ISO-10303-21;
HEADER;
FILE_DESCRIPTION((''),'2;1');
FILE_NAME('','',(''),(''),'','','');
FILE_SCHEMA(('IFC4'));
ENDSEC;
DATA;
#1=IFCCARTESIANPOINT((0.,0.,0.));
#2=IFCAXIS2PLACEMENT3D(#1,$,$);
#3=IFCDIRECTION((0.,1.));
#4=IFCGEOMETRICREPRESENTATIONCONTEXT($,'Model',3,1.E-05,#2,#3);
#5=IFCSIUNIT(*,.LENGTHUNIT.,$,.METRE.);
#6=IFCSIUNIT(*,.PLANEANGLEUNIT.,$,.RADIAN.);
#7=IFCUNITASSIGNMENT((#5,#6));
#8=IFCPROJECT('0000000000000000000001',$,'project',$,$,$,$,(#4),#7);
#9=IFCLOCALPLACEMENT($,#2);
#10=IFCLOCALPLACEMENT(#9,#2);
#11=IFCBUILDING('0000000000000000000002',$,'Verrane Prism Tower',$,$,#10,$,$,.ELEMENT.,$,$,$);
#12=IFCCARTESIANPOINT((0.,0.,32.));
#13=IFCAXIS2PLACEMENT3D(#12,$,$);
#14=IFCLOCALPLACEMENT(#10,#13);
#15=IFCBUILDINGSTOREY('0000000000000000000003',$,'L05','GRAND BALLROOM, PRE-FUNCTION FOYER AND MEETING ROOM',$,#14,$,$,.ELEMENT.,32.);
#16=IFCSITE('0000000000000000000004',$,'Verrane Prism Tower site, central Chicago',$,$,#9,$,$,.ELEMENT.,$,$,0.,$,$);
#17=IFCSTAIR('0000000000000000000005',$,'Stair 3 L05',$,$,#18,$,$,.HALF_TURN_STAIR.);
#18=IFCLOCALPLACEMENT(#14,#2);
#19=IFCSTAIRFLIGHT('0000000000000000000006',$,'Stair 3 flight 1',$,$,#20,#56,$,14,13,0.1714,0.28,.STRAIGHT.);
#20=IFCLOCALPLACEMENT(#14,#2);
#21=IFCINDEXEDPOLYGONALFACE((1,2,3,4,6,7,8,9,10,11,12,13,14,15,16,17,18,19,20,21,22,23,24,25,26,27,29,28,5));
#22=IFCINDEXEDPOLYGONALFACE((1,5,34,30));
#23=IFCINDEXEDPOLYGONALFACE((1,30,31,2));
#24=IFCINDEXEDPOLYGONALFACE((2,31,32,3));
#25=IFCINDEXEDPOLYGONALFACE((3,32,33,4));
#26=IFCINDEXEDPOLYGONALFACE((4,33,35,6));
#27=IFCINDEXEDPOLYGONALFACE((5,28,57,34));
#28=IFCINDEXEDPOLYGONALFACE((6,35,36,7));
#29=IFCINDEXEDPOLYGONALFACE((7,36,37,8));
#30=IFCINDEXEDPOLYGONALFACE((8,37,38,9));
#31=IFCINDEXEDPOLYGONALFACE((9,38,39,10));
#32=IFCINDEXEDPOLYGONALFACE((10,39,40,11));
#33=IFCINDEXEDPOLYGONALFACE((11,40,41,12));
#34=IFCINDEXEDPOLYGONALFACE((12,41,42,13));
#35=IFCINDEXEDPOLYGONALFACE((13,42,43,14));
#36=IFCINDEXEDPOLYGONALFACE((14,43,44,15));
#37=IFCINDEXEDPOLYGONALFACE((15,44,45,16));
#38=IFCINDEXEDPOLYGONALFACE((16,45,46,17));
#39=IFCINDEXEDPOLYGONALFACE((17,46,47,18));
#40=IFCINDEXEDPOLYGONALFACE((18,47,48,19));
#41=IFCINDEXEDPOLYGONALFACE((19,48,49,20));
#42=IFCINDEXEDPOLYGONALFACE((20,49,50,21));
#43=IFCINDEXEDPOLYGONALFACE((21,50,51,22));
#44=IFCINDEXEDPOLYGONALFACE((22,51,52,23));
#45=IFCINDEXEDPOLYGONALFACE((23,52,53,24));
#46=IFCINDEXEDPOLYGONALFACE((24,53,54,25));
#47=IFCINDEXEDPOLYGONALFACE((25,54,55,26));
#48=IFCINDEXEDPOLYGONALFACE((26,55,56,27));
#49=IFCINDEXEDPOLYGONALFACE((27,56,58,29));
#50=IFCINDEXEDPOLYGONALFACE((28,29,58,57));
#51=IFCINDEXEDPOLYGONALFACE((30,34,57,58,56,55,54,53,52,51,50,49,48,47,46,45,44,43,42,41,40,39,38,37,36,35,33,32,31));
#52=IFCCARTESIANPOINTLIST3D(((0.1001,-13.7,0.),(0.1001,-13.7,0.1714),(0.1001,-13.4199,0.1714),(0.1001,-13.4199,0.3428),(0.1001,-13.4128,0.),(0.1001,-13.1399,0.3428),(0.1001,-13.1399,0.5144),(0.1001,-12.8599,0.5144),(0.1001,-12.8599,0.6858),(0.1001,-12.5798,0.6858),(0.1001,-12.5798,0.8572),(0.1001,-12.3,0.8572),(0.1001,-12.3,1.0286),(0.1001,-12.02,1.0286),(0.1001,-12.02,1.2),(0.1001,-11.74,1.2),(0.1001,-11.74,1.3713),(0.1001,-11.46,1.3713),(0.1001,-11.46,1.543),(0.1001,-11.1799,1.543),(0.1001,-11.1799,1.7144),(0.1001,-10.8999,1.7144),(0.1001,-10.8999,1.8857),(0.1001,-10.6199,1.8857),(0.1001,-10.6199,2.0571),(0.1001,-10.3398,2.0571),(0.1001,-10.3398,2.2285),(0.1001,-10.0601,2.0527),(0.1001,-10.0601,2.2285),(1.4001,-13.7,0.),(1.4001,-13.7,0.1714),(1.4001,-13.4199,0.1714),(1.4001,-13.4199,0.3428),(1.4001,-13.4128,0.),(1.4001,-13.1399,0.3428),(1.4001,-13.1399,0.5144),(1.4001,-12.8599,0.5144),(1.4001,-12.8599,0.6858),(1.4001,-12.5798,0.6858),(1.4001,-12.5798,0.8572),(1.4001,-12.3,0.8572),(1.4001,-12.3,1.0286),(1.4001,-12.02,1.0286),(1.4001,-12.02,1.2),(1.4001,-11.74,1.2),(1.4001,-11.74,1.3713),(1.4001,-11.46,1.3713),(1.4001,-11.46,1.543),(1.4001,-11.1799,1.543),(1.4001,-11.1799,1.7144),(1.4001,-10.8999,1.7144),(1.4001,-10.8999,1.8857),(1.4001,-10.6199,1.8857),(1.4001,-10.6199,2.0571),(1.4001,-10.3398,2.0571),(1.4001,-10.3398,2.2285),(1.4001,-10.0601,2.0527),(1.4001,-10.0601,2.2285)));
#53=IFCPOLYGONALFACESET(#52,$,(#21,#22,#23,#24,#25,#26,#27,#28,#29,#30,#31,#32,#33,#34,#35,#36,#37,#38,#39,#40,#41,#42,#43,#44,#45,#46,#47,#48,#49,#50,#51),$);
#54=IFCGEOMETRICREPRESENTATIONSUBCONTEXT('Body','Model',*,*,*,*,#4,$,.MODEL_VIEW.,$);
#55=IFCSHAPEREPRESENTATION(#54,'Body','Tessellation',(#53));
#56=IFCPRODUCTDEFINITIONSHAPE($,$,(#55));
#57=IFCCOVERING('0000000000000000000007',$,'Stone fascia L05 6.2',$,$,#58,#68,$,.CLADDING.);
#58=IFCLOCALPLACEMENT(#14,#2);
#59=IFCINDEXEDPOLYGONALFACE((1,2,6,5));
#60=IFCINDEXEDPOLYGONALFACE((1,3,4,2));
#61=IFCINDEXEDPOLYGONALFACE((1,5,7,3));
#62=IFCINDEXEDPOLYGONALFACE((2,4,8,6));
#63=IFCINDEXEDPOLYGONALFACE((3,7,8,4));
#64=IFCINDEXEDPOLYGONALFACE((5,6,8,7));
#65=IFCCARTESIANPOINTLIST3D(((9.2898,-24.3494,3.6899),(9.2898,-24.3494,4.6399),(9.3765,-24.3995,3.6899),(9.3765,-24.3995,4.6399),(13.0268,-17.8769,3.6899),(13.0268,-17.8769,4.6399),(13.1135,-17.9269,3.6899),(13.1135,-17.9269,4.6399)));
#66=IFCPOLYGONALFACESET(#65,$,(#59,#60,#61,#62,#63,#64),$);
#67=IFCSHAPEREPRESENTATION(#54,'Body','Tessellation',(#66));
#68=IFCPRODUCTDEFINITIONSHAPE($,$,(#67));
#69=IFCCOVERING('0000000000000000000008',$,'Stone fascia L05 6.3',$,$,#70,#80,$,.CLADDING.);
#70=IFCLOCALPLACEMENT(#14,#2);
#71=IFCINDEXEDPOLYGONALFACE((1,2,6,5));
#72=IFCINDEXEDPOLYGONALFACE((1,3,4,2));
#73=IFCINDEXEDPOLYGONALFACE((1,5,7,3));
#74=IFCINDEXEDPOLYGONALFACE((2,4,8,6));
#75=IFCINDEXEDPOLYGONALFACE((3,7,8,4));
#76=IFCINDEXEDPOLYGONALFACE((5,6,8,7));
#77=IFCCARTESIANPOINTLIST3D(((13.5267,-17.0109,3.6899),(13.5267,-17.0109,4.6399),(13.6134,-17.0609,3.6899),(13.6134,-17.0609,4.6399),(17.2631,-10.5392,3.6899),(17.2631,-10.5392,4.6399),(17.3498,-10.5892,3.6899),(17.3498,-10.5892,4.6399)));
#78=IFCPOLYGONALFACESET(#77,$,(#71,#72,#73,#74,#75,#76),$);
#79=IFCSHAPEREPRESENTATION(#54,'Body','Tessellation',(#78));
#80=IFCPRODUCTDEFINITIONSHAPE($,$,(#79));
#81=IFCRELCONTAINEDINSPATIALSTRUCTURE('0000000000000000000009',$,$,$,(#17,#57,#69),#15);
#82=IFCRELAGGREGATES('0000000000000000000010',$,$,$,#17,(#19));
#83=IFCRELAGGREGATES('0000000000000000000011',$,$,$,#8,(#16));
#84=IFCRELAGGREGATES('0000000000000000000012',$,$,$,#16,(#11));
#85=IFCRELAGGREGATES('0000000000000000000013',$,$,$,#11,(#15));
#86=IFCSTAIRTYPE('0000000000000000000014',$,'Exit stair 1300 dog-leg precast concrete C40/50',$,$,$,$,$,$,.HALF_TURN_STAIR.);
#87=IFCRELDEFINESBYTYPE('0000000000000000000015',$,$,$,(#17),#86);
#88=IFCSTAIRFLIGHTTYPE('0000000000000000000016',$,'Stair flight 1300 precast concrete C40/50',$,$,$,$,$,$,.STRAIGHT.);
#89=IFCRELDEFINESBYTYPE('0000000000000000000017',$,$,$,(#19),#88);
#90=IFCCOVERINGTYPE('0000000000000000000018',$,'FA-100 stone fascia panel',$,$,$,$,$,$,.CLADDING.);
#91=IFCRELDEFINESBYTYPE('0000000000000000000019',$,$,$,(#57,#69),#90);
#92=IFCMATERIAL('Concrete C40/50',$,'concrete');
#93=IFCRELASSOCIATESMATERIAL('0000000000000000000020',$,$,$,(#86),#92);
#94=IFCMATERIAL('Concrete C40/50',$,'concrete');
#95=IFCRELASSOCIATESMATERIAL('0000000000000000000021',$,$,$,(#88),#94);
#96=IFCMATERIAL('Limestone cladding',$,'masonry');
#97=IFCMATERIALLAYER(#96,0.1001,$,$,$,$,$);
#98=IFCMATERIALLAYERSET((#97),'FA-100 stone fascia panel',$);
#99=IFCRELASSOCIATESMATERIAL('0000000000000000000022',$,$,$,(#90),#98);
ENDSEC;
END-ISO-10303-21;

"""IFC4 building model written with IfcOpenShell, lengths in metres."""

from ifc_helpers import new_model, si_unit, direction, frame, origin, origin_2d, place, context, subcontext, project, spatial, polyline, rectangle, outline, extrude, material, layer, layer_set, type_object, element, aggregate, save


model = new_model("IFC4")

# Units and contexts
model_context = context("Model", 3, precision=1e-05, world=origin(), true_north=direction((0.0, 1.0)))
body_context = subcontext(model_context, "Body", "Model", "MODEL_VIEW")
ifc_project = project(units=[si_unit("LENGTHUNIT", "METRE"), si_unit("PLANEANGLEUNIT", "RADIAN")], contexts=[model_context])

# Site, building, storey
site_placement = place(None, origin())
site = spatial("IfcSite", under=ifc_project, at=site_placement, Name="Verrane Prism Tower site, central Chicago", CompositionType="ELEMENT", RefElevation=0.0)
building_placement = place(site_placement, origin())
building = spatial("IfcBuilding", under=site, at=building_placement, Name="Verrane Prism Tower", CompositionType="ELEMENT")
storey_placement = place(building_placement, frame((0.0, 0.0, 32.0)))
storey = spatial("IfcBuildingStorey", under=building, at=storey_placement, Name="L05", Description="GRAND BALLROOM, PRE-FUNCTION FOYER AND MEETING ROOM", CompositionType="ELEMENT", Elevation=32.0)

# Stair, stair flight
ifc_material_1 = material(Name="Concrete C40/50", Category="concrete")
stair_type = type_object("IfcStairType", Name="Exit stair 1300 dog-leg precast concrete C40/50", PredefinedType="HALF_TURN_STAIR", material=ifc_material_1)
stair_placement = place(storey_placement, origin())
stair = element("IfcStair", 1, at=stair_placement, inside=storey, type_object=stair_type, Name="Stair 3 L05", PredefinedType="HALF_TURN_STAIR")
ifc_material_2 = material(Name="Concrete C40/50", Category="concrete")
stair_flight_type = type_object("IfcStairFlightType", Name="Stair flight 1300 precast concrete C40/50", PredefinedType="STRAIGHT", material=ifc_material_2)
stair_flight_placement = place(storey_placement, frame((0.75, -13.7, 0.0), z_axis=(0.0, 0.0, 1.0), x_axis=(0.0, 1.0, 0.0)))
stair_flight = element("IfcStairFlight", 2, at=stair_flight_placement, type_object=stair_flight_type, Name="Stair 3 flight 1", NumberOfRisers=14, NumberOfTreads=13, PredefinedType="STRAIGHT", RiserHeight=0.1714, TreadLength=0.28, context=body_context, shape_type="SweptSolid", body=[
    extrude(outline(polyline([(0.0, 0.0), (0.0, 0.1714), (0.28, 0.1714), (0.28, 0.3428), (0.5601, 0.3428), (0.5601, 0.5144), (0.8401, 0.5144), (0.8401, 0.6858), (1.1201, 0.6858), (1.1201, 0.8572), (1.3999, 0.8572), (1.3999, 1.0286), (1.6799, 1.0286), (1.6799, 1.2), (1.96, 1.2), (1.96, 1.3713), (2.24, 1.3713), (2.24, 1.543), (2.52, 1.543), (2.52, 1.7144), (2.8, 1.7144), (2.8, 1.8857), (3.0801, 1.8857), (3.0801, 2.0571), (3.3601, 2.0571), (3.3601, 2.2285), (3.6399, 2.2285), (3.6399, 2.3999), (3.6399, 2.0527), (0.2871, 0.0), (0.0, 0.0)])), frame((0.0, 0.6499, 0.0), z_axis=(0.0, -1.0, 0.0), x_axis=(1.0, 0.0, 0.0)), (0.0, 0.0, 1.0), 1.3),
])
aggregate(stair, [stair_flight])

# Coverings
ifc_material_3 = material(Name="Limestone cladding", Category="masonry")
ifc_layer_1 = layer(ifc_material_3, 0.1001)
ifc_layer_set_1 = layer_set([ifc_layer_1], Name="FA-100 stone fascia panel")
covering_type = type_object("IfcCoveringType", Name="FA-100 stone fascia panel", PredefinedType="CLADDING", material=ifc_layer_set_1)
covering_1_placement = place(storey_placement, frame((11.2017, -21.1382, 3.6899), z_axis=(0.0, 0.0, 1.0), x_axis=(0.5, 0.866025, 0.0)))
element("IfcCovering", 3, at=covering_1_placement, inside=storey, type_object=covering_type, Name="Stone fascia L05 6.2", PredefinedType="CLADDING", context=body_context, shape_type="SweptSolid", body=[
    extrude(rectangle(XDim=7.4739, YDim=0.1001, at=origin_2d()), origin(), (0.0, 0.0, 1.0), 0.95),
])
covering_2_placement = place(storey_placement, frame((15.4382, -13.8, 3.6899), z_axis=(0.0, 0.0, 1.0), x_axis=(0.5, 0.866025, 0.0)))
element("IfcCovering", 4, at=covering_2_placement, inside=storey, type_object=covering_type, Name="Stone fascia L05 6.3", PredefinedType="CLADDING", context=body_context, shape_type="SweptSolid", body=[
    extrude(rectangle(XDim=7.4729, YDim=0.1001, at=origin_2d()), origin(), (0.0, 0.0, 1.0), 0.95),
])

save(model, "model.ifc")
